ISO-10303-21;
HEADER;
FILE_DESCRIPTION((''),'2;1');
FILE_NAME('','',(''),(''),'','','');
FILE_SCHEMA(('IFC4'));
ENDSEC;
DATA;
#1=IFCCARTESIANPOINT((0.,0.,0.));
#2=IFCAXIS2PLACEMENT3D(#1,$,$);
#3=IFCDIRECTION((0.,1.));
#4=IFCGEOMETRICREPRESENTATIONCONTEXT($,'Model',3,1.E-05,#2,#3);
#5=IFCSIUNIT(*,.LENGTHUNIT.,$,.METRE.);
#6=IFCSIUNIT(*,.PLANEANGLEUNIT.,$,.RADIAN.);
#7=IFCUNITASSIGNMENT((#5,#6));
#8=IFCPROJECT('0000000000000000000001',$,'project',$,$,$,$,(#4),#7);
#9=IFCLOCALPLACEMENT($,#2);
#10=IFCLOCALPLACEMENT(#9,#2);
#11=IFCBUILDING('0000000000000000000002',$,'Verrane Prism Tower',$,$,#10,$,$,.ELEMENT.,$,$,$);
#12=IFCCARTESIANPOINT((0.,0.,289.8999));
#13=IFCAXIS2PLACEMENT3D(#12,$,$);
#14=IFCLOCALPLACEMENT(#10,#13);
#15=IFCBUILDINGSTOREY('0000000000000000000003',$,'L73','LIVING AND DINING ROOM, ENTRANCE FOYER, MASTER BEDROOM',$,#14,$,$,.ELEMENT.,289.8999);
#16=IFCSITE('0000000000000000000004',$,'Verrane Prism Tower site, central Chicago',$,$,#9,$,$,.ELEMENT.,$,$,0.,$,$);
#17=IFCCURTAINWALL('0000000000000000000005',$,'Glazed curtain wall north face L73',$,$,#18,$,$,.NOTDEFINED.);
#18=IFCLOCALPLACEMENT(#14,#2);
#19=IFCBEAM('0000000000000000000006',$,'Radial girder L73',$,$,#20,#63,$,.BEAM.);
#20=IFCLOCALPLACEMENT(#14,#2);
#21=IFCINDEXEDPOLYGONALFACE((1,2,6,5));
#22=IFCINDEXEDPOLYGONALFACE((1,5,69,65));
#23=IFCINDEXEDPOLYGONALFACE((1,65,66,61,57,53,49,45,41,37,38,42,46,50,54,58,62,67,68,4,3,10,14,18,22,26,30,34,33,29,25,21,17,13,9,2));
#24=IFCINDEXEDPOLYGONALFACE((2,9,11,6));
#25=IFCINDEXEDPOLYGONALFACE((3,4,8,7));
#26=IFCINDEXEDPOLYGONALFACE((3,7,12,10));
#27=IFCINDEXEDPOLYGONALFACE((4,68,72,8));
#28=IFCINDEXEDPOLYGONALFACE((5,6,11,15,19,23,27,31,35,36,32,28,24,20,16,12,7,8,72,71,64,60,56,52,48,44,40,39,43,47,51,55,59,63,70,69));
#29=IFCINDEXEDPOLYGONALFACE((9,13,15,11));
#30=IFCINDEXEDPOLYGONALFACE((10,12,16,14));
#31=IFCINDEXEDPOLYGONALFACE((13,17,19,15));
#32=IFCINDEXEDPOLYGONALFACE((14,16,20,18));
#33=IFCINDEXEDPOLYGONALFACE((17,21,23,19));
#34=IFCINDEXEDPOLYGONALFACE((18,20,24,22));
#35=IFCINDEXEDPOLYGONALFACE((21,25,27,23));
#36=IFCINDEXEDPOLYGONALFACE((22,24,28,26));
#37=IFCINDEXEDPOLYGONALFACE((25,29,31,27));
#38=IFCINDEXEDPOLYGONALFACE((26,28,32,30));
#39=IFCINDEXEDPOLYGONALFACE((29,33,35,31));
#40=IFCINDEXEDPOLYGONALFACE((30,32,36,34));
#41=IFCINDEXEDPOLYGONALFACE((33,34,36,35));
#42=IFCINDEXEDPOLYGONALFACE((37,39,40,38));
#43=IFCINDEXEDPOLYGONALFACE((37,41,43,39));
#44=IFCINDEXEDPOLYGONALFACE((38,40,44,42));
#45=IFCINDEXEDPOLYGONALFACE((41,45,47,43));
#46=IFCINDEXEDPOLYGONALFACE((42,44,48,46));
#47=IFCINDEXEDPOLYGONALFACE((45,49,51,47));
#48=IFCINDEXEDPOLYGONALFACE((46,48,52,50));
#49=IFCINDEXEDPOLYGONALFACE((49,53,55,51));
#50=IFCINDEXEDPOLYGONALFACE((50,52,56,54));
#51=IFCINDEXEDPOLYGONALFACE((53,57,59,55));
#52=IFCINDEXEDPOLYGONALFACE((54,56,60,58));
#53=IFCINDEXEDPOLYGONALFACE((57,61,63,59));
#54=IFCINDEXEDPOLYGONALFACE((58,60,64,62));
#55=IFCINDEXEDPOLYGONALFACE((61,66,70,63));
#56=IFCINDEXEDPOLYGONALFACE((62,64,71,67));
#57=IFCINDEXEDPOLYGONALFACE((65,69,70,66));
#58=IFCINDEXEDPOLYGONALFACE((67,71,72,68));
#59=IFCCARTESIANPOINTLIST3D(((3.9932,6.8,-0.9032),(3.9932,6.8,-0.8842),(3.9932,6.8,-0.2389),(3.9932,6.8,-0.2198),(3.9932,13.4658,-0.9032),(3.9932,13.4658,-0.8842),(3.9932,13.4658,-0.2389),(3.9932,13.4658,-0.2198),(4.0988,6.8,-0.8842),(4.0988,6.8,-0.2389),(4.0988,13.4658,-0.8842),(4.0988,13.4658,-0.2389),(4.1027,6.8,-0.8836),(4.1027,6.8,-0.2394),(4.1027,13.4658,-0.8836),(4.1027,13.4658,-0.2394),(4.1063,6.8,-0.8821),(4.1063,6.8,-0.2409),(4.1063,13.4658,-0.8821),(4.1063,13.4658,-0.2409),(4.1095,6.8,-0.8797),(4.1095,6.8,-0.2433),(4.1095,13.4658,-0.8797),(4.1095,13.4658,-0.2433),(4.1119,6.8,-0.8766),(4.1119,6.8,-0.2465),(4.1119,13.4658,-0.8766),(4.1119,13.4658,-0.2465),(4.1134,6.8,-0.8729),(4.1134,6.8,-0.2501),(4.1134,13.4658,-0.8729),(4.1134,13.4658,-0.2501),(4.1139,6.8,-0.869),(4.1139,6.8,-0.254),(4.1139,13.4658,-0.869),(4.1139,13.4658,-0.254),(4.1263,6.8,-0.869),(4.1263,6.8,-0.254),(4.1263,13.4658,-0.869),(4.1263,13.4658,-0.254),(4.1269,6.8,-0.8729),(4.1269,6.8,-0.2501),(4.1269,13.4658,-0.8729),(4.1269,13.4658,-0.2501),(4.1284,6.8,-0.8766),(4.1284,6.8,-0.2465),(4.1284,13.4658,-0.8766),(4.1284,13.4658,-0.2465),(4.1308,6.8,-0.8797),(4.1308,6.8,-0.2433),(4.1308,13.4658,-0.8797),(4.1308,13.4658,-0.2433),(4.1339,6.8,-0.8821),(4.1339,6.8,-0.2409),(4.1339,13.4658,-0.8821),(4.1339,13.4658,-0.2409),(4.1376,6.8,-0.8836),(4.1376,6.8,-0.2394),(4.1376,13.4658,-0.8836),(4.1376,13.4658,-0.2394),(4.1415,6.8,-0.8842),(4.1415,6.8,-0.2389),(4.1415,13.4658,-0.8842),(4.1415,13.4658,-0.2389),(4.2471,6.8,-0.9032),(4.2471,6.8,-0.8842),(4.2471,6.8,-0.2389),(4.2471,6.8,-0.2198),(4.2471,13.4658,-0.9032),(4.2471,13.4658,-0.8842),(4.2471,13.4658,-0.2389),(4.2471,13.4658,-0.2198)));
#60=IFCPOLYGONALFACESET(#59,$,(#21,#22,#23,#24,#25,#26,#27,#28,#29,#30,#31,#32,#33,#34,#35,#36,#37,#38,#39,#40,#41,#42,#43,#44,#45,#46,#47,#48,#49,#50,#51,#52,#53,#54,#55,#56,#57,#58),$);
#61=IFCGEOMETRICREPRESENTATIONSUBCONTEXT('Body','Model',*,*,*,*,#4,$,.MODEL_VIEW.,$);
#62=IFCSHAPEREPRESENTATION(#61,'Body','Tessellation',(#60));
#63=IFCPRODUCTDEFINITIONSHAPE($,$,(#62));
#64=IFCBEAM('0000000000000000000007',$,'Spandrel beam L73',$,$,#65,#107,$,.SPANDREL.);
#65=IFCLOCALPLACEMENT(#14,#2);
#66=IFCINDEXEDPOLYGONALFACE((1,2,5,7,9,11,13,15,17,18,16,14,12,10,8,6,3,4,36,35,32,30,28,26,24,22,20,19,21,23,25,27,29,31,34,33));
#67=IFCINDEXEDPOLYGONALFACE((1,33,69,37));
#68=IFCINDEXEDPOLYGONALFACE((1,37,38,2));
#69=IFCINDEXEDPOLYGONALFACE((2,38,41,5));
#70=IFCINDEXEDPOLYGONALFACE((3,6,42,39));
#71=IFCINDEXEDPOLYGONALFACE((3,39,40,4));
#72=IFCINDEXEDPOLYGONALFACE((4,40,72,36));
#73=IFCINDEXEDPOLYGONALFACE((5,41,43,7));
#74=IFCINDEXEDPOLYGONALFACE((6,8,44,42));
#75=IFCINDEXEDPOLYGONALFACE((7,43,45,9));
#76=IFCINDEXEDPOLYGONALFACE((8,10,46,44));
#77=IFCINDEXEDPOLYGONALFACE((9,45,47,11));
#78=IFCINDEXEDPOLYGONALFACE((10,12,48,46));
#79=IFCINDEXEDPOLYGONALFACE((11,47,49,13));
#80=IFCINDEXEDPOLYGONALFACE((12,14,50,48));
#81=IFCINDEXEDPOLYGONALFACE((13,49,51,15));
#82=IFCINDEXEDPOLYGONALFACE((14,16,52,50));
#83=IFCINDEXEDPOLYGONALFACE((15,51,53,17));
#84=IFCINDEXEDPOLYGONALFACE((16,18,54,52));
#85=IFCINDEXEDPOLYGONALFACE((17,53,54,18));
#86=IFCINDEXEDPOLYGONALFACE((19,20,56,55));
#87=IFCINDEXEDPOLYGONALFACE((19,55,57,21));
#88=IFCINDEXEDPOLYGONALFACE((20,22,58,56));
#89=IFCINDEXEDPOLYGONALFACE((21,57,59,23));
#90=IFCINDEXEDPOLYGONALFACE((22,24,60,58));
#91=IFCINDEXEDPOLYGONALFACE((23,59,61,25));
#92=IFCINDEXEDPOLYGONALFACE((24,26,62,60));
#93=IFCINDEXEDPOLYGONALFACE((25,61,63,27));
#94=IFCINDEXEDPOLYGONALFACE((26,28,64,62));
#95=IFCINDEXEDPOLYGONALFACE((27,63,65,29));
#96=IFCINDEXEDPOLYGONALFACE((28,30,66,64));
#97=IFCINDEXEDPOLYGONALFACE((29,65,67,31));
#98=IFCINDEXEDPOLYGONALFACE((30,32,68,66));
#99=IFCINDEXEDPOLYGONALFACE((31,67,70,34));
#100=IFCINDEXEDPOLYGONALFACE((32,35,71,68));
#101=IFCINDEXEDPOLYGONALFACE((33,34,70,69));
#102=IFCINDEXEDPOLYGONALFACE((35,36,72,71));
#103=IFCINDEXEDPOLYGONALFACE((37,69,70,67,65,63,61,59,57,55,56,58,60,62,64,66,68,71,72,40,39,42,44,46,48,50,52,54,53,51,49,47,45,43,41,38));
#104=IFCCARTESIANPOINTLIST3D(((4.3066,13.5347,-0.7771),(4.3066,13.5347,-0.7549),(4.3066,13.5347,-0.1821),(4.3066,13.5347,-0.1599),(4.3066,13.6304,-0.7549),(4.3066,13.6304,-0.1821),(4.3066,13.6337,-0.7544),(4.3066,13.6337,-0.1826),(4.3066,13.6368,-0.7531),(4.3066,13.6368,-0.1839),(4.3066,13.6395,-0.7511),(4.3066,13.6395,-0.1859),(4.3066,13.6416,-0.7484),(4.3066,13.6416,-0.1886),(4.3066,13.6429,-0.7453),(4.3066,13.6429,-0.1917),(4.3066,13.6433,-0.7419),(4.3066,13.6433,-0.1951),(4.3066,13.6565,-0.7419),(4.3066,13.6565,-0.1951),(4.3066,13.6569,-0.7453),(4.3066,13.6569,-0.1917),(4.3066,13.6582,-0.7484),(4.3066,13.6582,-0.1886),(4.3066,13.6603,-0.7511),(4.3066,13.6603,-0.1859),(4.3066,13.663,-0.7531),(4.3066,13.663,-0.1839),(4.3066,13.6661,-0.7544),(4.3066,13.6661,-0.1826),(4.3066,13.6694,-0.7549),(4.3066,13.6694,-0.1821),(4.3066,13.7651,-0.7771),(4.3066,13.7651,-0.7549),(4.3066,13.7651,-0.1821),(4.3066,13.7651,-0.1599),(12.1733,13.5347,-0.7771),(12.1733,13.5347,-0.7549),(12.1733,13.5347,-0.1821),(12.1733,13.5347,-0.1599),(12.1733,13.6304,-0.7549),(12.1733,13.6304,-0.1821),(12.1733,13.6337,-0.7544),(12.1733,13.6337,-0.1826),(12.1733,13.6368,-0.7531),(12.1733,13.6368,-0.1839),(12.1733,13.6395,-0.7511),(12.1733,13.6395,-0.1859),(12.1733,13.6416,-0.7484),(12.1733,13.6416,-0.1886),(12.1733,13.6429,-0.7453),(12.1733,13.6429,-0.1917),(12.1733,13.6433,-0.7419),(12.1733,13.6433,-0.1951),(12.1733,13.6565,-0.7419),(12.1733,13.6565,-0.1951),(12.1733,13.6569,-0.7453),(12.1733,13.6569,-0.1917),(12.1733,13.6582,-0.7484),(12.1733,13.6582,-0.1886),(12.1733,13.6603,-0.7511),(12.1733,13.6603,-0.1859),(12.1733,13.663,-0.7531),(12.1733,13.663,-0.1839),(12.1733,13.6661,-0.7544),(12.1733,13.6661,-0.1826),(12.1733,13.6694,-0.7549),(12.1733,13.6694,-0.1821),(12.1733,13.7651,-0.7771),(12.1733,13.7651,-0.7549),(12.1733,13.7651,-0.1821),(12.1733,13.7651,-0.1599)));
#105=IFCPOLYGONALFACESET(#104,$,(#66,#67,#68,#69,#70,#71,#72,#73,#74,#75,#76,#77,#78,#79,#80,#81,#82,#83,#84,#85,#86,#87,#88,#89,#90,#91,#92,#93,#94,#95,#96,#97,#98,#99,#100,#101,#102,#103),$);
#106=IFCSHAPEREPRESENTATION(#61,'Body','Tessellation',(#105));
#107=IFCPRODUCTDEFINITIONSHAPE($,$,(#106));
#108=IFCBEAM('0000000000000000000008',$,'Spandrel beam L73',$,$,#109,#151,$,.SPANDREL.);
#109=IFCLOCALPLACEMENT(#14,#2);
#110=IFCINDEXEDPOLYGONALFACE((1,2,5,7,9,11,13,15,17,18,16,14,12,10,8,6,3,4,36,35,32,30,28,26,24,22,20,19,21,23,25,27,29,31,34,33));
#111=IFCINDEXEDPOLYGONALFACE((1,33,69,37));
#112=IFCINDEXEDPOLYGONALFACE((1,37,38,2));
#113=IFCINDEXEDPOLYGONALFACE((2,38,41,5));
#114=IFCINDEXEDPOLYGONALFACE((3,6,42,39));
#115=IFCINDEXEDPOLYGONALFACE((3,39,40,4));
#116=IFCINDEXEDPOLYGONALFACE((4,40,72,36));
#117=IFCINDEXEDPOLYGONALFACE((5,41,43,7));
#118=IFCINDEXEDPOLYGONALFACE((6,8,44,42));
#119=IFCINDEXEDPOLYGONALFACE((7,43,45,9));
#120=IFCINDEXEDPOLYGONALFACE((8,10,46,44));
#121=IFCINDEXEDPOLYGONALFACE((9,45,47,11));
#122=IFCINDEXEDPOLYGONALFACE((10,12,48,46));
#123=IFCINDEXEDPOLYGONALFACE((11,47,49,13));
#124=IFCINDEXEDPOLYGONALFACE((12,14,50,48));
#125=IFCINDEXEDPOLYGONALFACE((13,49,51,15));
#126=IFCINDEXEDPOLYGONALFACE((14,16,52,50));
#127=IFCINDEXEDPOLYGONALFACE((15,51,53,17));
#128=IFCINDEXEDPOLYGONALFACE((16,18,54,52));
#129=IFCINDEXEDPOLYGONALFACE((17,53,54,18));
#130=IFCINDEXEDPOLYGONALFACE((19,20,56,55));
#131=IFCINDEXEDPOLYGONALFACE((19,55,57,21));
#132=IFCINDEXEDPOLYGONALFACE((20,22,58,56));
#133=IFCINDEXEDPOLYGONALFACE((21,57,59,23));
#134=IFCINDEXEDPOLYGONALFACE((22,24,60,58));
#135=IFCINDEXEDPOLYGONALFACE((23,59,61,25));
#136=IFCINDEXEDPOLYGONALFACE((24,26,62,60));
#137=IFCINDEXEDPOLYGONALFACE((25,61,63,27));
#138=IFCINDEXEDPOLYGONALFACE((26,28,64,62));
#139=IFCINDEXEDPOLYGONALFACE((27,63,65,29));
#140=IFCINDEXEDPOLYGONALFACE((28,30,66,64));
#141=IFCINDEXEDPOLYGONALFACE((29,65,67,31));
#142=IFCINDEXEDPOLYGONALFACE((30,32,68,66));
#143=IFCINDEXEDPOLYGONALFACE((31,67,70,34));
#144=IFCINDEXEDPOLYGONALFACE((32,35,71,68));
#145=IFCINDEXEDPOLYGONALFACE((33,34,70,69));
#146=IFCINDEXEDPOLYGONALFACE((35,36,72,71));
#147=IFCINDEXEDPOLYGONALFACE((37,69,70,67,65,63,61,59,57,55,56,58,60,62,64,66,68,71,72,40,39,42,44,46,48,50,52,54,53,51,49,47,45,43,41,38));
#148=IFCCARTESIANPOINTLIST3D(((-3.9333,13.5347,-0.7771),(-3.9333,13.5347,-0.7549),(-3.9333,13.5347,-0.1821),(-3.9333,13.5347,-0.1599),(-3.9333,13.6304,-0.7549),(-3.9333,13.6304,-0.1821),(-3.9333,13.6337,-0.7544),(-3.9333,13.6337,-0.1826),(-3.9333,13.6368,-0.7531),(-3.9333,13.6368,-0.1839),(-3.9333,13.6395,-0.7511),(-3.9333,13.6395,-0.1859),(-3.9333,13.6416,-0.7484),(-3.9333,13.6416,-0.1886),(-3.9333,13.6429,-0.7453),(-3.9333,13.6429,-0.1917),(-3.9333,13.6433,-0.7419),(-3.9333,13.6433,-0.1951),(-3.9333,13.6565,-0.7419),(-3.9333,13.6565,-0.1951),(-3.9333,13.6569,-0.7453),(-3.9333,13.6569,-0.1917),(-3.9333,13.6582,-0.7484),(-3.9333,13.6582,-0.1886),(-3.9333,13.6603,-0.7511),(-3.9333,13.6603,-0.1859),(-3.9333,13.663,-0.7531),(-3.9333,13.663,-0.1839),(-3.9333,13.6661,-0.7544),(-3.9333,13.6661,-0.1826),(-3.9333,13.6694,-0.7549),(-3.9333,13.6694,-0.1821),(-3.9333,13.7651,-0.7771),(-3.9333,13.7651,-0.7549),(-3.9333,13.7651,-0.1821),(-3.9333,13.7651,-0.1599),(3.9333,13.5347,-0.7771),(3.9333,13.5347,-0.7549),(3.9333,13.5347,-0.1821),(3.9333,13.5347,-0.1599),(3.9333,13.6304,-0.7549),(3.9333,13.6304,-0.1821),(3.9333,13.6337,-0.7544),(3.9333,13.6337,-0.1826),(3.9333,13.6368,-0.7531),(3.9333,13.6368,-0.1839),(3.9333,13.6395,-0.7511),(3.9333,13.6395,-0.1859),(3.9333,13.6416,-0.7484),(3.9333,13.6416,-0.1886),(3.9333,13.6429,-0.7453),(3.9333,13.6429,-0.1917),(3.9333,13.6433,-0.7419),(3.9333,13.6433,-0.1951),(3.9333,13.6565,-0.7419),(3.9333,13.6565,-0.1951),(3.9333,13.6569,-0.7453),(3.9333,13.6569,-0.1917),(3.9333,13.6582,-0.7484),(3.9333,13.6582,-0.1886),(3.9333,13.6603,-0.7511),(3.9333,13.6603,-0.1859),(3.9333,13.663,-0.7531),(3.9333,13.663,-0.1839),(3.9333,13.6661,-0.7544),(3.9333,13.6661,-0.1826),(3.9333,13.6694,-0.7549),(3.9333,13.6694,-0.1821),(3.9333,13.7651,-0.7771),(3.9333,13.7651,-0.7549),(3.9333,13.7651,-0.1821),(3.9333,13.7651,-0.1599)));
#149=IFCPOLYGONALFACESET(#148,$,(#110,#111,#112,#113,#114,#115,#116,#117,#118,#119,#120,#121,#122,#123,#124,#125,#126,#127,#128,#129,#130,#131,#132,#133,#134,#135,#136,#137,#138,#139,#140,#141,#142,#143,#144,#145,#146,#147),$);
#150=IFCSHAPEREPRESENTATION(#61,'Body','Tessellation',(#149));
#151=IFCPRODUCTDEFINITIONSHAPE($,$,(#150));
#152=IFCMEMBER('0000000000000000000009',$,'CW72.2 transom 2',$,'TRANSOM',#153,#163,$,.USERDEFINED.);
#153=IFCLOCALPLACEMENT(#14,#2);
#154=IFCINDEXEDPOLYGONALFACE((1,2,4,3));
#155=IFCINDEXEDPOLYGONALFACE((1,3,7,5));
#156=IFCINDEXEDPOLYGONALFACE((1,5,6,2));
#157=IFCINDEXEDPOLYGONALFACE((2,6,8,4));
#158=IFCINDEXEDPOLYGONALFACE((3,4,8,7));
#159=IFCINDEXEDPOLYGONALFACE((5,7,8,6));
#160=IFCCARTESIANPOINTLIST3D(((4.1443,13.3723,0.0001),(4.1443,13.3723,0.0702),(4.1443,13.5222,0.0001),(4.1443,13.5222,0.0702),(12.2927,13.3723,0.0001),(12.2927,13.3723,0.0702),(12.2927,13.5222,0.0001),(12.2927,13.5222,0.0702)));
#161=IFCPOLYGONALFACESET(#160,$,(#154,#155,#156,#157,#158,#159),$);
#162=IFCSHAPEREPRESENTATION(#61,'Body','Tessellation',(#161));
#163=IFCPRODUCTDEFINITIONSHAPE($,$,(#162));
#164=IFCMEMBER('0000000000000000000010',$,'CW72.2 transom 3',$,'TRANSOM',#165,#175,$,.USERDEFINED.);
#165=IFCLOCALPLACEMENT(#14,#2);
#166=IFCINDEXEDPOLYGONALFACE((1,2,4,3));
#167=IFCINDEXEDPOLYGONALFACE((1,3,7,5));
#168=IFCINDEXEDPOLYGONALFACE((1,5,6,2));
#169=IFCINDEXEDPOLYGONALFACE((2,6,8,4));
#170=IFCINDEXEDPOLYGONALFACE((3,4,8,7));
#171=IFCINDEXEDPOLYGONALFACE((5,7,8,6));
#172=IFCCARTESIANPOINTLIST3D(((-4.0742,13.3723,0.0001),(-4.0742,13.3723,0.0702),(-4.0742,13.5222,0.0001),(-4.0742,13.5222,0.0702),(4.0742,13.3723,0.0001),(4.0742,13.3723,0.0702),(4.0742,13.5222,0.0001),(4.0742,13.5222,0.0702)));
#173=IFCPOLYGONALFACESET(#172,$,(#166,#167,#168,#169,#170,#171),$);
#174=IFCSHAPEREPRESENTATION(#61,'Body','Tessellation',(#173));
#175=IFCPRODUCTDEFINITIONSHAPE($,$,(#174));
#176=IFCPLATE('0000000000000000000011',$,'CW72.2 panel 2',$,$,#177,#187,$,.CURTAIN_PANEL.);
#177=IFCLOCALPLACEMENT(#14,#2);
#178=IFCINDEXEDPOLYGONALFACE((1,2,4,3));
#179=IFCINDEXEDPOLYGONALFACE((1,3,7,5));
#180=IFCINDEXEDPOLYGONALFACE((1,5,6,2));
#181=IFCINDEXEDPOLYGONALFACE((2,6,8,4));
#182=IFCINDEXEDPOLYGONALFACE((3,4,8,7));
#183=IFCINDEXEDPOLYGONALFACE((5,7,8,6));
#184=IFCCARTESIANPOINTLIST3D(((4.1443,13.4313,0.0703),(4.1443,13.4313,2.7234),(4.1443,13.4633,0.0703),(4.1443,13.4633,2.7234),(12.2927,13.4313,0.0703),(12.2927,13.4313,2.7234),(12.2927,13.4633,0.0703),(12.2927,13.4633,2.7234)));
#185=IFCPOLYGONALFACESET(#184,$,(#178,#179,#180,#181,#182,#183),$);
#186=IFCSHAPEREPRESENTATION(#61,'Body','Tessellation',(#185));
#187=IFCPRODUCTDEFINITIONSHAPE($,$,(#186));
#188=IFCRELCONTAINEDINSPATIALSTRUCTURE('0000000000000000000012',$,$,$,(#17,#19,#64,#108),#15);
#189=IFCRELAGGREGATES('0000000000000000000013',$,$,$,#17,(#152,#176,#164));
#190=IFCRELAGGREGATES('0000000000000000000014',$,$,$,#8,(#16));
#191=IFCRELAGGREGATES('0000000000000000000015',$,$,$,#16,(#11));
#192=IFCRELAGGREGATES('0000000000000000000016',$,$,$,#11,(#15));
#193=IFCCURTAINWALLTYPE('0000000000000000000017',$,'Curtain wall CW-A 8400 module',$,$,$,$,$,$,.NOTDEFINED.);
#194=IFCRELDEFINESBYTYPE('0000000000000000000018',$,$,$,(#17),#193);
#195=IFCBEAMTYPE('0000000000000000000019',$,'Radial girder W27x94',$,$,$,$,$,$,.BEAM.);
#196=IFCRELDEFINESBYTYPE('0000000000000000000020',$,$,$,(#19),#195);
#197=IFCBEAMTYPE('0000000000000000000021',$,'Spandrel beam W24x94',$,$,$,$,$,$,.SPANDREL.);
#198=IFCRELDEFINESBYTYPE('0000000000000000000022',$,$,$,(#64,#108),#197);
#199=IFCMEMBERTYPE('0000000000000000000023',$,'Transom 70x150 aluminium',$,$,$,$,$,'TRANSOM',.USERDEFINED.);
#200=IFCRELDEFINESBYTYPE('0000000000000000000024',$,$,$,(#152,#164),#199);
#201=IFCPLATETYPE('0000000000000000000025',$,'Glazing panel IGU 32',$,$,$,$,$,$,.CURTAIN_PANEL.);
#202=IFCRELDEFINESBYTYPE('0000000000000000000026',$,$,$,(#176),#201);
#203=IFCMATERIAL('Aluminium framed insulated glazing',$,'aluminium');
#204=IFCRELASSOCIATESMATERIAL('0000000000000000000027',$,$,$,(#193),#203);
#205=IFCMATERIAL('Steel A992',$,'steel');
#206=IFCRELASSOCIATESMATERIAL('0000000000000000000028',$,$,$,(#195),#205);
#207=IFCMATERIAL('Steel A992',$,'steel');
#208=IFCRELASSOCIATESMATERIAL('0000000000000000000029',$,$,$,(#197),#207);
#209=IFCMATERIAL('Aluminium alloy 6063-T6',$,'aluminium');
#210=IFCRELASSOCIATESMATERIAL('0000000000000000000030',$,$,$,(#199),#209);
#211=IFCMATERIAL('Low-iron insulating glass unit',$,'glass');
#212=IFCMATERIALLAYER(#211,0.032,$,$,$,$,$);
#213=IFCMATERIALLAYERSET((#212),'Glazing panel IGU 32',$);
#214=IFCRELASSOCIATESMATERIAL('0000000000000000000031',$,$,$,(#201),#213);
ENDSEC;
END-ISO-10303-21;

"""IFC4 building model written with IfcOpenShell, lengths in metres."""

from ifc_helpers import new_model, si_unit, direction, frame, origin, origin_2d, place, context, subcontext, project, spatial, rectangle, i_section, extrude, material, layer, layer_set, material_profile, profile_set, type_object, element, aggregate, save


model = new_model("IFC4")

# Units and contexts
model_context = context("Model", 3, precision=1e-05, world=origin(), true_north=direction((0.0, 1.0)))
body_context = subcontext(model_context, "Body", "Model", "MODEL_VIEW")
ifc_project = project(units=[si_unit("LENGTHUNIT", "METRE"), si_unit("PLANEANGLEUNIT", "RADIAN")], contexts=[model_context])

# Site, building, storey
site_placement = place(None, origin())
site = spatial("IfcSite", under=ifc_project, at=site_placement, Name="Verrane Prism Tower site, central Chicago", CompositionType="ELEMENT", RefElevation=0.0)
building_placement = place(site_placement, origin())
building = spatial("IfcBuilding", under=site, at=building_placement, Name="Verrane Prism Tower", CompositionType="ELEMENT")
storey_placement = place(building_placement, frame((0.0, 0.0, 289.8999)))
storey = spatial("IfcBuildingStorey", under=building, at=storey_placement, Name="L73", Description="LIVING AND DINING ROOM, ENTRANCE FOYER, MASTER BEDROOM", CompositionType="ELEMENT", Elevation=289.8999)

# Curtain wall
ifc_material_1 = material(Name="Aluminium framed insulated glazing", Category="aluminium")
curtain_wall_type = type_object("IfcCurtainWallType", Name="Curtain wall CW-A 8400 module", PredefinedType="NOTDEFINED", material=ifc_material_1)
curtain_wall_placement = place(storey_placement, origin())
curtain_wall = element("IfcCurtainWall", 1, at=curtain_wall_placement, inside=storey, type_object=curtain_wall_type, Name="Glazed curtain wall north face L73", PredefinedType="NOTDEFINED")

# Beams
ifc_material_2 = material(Name="Steel A992", Category="steel")
ifc_material_profile_1 = material_profile(ifc_material_2, i_section(OverallWidth=0.2539, OverallDepth=0.6833, WebThickness=0.0125, FlangeThickness=0.019, FilletRadius=0.0151, at=origin_2d()), Name="W27x94")
ifc_profile_set_1 = profile_set([ifc_material_profile_1], Name="Steel A992")
beam_type_1 = type_object("IfcBeamType", Name="Radial girder W27x94", PredefinedType="BEAM", material=ifc_profile_set_1)
beam_1_placement = place(storey_placement, frame((4.1201, 13.4658, -0.5615), z_axis=(0.0, -1.0, 0.0), x_axis=(1.0, 0.0, 0.0)))
element("IfcBeam", 2, at=beam_1_placement, inside=storey, type_object=beam_type_1, Name="Radial girder L73", PredefinedType="BEAM", context=body_context, shape_type="SweptSolid", body=[
    extrude(i_section(OverallWidth=0.2539, OverallDepth=0.6833, WebThickness=0.0125, FlangeThickness=0.019, FilletRadius=0.0151, at=origin_2d()), origin(), (0.0, 0.0, 1.0), 6.6658),
])
ifc_material_3 = material(Name="Steel A992", Category="steel")
ifc_material_profile_2 = material_profile(ifc_material_3, i_section(OverallWidth=0.2305, OverallDepth=0.6172, WebThickness=0.0132, FlangeThickness=0.0222, FilletRadius=0.0129, at=origin_2d()), Name="W24x94")
ifc_profile_set_2 = profile_set([ifc_material_profile_2], Name="Steel A992")
beam_type_2 = type_object("IfcBeamType", Name="Spandrel beam W24x94", PredefinedType="SPANDREL", material=ifc_profile_set_2)
for number, where, z_axis, x_axis, name in (
    (3, (12.1733, 13.6499, -0.4685), (-1.0, 0.0, 0.0), (0.0, -1.0, 0.0), "Spandrel beam L73"),
    (4, (3.9333, 13.6499, -0.4685), (-1.0, 0.0, 0.0), (0.0, -1.0, 0.0), "Spandrel beam L73"),
):
    element("IfcBeam", number, at=place(storey_placement, frame(where, z_axis=z_axis, x_axis=x_axis)), inside=storey, type_object=beam_type_2, Name=name, PredefinedType="SPANDREL", context=body_context, shape_type="SweptSolid", body=[
        extrude(i_section(OverallWidth=0.2305, OverallDepth=0.6172, WebThickness=0.0132, FlangeThickness=0.0222, FilletRadius=0.0129, at=origin_2d()), origin(), (0.0, 0.0, 1.0), 7.8667),
    ])

# Members
ifc_material_4 = material(Name="Aluminium alloy 6063-T6", Category="aluminium")
ifc_material_profile_3 = material_profile(ifc_material_4, rectangle(XDim=0.1499, YDim=0.0701, at=origin_2d()), Name="Transom 70x150 aluminium")
ifc_profile_set_3 = profile_set([ifc_material_profile_3], Name="Aluminium alloy 6063-T6")
member_type_1 = type_object("IfcMemberType", Name="Transom 70x150 aluminium", ElementType="TRANSOM", PredefinedType="USERDEFINED", material=ifc_profile_set_3)
member_1_placement = place(storey_placement, frame((12.2927, 13.4473, 0.0352), z_axis=(-1.0, 0.0, 0.0), x_axis=(0.0, -1.0, 0.0)))
member_1 = element("IfcMember", 5, at=member_1_placement, type_object=member_type_1, Name="CW72.2 transom 2", ObjectType="TRANSOM", PredefinedType="USERDEFINED", context=body_context, shape_type="SweptSolid", body=[
    extrude(rectangle(XDim=0.1499, YDim=0.0701, at=origin_2d()), origin(), (0.0, 0.0, 1.0), 8.1484),
])
member_2_placement = place(storey_placement, frame((4.0742, 13.4473, 0.0352), z_axis=(-1.0, 0.0, 0.0), x_axis=(0.0, -1.0, 0.0)))
member_2 = element("IfcMember", 6, at=member_2_placement, type_object=member_type_1, Name="CW72.2 transom 3", ObjectType="TRANSOM", PredefinedType="USERDEFINED", context=body_context, shape_type="SweptSolid", body=[
    extrude(rectangle(XDim=0.1499, YDim=0.0701, at=origin_2d()), origin(), (0.0, 0.0, 1.0), 8.1484),
])

# Plate
ifc_material_5 = material(Name="Low-iron insulating glass unit", Category="glass")
ifc_layer_1 = layer(ifc_material_5, 0.032)
ifc_layer_set_1 = layer_set([ifc_layer_1], Name="Glazing panel IGU 32")
plate_type = type_object("IfcPlateType", Name="Glazing panel IGU 32", PredefinedType="CURTAIN_PANEL", material=ifc_layer_set_1)
plate_placement = place(storey_placement, frame((8.2185, 13.4473, 0.0703), z_axis=(0.0, 0.0, 1.0), x_axis=(-1.0, 0.0, 0.0)))
plate = element("IfcPlate", 7, at=plate_placement, type_object=plate_type, Name="CW72.2 panel 2", PredefinedType="CURTAIN_PANEL", context=body_context, shape_type="SweptSolid", body=[
    extrude(rectangle(XDim=8.1484, YDim=0.032, at=origin_2d()), origin(), (0.0, 0.0, 1.0), 2.6531),
])
aggregate(curtain_wall, [member_1, plate, member_2])

save(model, "model.ifc")
